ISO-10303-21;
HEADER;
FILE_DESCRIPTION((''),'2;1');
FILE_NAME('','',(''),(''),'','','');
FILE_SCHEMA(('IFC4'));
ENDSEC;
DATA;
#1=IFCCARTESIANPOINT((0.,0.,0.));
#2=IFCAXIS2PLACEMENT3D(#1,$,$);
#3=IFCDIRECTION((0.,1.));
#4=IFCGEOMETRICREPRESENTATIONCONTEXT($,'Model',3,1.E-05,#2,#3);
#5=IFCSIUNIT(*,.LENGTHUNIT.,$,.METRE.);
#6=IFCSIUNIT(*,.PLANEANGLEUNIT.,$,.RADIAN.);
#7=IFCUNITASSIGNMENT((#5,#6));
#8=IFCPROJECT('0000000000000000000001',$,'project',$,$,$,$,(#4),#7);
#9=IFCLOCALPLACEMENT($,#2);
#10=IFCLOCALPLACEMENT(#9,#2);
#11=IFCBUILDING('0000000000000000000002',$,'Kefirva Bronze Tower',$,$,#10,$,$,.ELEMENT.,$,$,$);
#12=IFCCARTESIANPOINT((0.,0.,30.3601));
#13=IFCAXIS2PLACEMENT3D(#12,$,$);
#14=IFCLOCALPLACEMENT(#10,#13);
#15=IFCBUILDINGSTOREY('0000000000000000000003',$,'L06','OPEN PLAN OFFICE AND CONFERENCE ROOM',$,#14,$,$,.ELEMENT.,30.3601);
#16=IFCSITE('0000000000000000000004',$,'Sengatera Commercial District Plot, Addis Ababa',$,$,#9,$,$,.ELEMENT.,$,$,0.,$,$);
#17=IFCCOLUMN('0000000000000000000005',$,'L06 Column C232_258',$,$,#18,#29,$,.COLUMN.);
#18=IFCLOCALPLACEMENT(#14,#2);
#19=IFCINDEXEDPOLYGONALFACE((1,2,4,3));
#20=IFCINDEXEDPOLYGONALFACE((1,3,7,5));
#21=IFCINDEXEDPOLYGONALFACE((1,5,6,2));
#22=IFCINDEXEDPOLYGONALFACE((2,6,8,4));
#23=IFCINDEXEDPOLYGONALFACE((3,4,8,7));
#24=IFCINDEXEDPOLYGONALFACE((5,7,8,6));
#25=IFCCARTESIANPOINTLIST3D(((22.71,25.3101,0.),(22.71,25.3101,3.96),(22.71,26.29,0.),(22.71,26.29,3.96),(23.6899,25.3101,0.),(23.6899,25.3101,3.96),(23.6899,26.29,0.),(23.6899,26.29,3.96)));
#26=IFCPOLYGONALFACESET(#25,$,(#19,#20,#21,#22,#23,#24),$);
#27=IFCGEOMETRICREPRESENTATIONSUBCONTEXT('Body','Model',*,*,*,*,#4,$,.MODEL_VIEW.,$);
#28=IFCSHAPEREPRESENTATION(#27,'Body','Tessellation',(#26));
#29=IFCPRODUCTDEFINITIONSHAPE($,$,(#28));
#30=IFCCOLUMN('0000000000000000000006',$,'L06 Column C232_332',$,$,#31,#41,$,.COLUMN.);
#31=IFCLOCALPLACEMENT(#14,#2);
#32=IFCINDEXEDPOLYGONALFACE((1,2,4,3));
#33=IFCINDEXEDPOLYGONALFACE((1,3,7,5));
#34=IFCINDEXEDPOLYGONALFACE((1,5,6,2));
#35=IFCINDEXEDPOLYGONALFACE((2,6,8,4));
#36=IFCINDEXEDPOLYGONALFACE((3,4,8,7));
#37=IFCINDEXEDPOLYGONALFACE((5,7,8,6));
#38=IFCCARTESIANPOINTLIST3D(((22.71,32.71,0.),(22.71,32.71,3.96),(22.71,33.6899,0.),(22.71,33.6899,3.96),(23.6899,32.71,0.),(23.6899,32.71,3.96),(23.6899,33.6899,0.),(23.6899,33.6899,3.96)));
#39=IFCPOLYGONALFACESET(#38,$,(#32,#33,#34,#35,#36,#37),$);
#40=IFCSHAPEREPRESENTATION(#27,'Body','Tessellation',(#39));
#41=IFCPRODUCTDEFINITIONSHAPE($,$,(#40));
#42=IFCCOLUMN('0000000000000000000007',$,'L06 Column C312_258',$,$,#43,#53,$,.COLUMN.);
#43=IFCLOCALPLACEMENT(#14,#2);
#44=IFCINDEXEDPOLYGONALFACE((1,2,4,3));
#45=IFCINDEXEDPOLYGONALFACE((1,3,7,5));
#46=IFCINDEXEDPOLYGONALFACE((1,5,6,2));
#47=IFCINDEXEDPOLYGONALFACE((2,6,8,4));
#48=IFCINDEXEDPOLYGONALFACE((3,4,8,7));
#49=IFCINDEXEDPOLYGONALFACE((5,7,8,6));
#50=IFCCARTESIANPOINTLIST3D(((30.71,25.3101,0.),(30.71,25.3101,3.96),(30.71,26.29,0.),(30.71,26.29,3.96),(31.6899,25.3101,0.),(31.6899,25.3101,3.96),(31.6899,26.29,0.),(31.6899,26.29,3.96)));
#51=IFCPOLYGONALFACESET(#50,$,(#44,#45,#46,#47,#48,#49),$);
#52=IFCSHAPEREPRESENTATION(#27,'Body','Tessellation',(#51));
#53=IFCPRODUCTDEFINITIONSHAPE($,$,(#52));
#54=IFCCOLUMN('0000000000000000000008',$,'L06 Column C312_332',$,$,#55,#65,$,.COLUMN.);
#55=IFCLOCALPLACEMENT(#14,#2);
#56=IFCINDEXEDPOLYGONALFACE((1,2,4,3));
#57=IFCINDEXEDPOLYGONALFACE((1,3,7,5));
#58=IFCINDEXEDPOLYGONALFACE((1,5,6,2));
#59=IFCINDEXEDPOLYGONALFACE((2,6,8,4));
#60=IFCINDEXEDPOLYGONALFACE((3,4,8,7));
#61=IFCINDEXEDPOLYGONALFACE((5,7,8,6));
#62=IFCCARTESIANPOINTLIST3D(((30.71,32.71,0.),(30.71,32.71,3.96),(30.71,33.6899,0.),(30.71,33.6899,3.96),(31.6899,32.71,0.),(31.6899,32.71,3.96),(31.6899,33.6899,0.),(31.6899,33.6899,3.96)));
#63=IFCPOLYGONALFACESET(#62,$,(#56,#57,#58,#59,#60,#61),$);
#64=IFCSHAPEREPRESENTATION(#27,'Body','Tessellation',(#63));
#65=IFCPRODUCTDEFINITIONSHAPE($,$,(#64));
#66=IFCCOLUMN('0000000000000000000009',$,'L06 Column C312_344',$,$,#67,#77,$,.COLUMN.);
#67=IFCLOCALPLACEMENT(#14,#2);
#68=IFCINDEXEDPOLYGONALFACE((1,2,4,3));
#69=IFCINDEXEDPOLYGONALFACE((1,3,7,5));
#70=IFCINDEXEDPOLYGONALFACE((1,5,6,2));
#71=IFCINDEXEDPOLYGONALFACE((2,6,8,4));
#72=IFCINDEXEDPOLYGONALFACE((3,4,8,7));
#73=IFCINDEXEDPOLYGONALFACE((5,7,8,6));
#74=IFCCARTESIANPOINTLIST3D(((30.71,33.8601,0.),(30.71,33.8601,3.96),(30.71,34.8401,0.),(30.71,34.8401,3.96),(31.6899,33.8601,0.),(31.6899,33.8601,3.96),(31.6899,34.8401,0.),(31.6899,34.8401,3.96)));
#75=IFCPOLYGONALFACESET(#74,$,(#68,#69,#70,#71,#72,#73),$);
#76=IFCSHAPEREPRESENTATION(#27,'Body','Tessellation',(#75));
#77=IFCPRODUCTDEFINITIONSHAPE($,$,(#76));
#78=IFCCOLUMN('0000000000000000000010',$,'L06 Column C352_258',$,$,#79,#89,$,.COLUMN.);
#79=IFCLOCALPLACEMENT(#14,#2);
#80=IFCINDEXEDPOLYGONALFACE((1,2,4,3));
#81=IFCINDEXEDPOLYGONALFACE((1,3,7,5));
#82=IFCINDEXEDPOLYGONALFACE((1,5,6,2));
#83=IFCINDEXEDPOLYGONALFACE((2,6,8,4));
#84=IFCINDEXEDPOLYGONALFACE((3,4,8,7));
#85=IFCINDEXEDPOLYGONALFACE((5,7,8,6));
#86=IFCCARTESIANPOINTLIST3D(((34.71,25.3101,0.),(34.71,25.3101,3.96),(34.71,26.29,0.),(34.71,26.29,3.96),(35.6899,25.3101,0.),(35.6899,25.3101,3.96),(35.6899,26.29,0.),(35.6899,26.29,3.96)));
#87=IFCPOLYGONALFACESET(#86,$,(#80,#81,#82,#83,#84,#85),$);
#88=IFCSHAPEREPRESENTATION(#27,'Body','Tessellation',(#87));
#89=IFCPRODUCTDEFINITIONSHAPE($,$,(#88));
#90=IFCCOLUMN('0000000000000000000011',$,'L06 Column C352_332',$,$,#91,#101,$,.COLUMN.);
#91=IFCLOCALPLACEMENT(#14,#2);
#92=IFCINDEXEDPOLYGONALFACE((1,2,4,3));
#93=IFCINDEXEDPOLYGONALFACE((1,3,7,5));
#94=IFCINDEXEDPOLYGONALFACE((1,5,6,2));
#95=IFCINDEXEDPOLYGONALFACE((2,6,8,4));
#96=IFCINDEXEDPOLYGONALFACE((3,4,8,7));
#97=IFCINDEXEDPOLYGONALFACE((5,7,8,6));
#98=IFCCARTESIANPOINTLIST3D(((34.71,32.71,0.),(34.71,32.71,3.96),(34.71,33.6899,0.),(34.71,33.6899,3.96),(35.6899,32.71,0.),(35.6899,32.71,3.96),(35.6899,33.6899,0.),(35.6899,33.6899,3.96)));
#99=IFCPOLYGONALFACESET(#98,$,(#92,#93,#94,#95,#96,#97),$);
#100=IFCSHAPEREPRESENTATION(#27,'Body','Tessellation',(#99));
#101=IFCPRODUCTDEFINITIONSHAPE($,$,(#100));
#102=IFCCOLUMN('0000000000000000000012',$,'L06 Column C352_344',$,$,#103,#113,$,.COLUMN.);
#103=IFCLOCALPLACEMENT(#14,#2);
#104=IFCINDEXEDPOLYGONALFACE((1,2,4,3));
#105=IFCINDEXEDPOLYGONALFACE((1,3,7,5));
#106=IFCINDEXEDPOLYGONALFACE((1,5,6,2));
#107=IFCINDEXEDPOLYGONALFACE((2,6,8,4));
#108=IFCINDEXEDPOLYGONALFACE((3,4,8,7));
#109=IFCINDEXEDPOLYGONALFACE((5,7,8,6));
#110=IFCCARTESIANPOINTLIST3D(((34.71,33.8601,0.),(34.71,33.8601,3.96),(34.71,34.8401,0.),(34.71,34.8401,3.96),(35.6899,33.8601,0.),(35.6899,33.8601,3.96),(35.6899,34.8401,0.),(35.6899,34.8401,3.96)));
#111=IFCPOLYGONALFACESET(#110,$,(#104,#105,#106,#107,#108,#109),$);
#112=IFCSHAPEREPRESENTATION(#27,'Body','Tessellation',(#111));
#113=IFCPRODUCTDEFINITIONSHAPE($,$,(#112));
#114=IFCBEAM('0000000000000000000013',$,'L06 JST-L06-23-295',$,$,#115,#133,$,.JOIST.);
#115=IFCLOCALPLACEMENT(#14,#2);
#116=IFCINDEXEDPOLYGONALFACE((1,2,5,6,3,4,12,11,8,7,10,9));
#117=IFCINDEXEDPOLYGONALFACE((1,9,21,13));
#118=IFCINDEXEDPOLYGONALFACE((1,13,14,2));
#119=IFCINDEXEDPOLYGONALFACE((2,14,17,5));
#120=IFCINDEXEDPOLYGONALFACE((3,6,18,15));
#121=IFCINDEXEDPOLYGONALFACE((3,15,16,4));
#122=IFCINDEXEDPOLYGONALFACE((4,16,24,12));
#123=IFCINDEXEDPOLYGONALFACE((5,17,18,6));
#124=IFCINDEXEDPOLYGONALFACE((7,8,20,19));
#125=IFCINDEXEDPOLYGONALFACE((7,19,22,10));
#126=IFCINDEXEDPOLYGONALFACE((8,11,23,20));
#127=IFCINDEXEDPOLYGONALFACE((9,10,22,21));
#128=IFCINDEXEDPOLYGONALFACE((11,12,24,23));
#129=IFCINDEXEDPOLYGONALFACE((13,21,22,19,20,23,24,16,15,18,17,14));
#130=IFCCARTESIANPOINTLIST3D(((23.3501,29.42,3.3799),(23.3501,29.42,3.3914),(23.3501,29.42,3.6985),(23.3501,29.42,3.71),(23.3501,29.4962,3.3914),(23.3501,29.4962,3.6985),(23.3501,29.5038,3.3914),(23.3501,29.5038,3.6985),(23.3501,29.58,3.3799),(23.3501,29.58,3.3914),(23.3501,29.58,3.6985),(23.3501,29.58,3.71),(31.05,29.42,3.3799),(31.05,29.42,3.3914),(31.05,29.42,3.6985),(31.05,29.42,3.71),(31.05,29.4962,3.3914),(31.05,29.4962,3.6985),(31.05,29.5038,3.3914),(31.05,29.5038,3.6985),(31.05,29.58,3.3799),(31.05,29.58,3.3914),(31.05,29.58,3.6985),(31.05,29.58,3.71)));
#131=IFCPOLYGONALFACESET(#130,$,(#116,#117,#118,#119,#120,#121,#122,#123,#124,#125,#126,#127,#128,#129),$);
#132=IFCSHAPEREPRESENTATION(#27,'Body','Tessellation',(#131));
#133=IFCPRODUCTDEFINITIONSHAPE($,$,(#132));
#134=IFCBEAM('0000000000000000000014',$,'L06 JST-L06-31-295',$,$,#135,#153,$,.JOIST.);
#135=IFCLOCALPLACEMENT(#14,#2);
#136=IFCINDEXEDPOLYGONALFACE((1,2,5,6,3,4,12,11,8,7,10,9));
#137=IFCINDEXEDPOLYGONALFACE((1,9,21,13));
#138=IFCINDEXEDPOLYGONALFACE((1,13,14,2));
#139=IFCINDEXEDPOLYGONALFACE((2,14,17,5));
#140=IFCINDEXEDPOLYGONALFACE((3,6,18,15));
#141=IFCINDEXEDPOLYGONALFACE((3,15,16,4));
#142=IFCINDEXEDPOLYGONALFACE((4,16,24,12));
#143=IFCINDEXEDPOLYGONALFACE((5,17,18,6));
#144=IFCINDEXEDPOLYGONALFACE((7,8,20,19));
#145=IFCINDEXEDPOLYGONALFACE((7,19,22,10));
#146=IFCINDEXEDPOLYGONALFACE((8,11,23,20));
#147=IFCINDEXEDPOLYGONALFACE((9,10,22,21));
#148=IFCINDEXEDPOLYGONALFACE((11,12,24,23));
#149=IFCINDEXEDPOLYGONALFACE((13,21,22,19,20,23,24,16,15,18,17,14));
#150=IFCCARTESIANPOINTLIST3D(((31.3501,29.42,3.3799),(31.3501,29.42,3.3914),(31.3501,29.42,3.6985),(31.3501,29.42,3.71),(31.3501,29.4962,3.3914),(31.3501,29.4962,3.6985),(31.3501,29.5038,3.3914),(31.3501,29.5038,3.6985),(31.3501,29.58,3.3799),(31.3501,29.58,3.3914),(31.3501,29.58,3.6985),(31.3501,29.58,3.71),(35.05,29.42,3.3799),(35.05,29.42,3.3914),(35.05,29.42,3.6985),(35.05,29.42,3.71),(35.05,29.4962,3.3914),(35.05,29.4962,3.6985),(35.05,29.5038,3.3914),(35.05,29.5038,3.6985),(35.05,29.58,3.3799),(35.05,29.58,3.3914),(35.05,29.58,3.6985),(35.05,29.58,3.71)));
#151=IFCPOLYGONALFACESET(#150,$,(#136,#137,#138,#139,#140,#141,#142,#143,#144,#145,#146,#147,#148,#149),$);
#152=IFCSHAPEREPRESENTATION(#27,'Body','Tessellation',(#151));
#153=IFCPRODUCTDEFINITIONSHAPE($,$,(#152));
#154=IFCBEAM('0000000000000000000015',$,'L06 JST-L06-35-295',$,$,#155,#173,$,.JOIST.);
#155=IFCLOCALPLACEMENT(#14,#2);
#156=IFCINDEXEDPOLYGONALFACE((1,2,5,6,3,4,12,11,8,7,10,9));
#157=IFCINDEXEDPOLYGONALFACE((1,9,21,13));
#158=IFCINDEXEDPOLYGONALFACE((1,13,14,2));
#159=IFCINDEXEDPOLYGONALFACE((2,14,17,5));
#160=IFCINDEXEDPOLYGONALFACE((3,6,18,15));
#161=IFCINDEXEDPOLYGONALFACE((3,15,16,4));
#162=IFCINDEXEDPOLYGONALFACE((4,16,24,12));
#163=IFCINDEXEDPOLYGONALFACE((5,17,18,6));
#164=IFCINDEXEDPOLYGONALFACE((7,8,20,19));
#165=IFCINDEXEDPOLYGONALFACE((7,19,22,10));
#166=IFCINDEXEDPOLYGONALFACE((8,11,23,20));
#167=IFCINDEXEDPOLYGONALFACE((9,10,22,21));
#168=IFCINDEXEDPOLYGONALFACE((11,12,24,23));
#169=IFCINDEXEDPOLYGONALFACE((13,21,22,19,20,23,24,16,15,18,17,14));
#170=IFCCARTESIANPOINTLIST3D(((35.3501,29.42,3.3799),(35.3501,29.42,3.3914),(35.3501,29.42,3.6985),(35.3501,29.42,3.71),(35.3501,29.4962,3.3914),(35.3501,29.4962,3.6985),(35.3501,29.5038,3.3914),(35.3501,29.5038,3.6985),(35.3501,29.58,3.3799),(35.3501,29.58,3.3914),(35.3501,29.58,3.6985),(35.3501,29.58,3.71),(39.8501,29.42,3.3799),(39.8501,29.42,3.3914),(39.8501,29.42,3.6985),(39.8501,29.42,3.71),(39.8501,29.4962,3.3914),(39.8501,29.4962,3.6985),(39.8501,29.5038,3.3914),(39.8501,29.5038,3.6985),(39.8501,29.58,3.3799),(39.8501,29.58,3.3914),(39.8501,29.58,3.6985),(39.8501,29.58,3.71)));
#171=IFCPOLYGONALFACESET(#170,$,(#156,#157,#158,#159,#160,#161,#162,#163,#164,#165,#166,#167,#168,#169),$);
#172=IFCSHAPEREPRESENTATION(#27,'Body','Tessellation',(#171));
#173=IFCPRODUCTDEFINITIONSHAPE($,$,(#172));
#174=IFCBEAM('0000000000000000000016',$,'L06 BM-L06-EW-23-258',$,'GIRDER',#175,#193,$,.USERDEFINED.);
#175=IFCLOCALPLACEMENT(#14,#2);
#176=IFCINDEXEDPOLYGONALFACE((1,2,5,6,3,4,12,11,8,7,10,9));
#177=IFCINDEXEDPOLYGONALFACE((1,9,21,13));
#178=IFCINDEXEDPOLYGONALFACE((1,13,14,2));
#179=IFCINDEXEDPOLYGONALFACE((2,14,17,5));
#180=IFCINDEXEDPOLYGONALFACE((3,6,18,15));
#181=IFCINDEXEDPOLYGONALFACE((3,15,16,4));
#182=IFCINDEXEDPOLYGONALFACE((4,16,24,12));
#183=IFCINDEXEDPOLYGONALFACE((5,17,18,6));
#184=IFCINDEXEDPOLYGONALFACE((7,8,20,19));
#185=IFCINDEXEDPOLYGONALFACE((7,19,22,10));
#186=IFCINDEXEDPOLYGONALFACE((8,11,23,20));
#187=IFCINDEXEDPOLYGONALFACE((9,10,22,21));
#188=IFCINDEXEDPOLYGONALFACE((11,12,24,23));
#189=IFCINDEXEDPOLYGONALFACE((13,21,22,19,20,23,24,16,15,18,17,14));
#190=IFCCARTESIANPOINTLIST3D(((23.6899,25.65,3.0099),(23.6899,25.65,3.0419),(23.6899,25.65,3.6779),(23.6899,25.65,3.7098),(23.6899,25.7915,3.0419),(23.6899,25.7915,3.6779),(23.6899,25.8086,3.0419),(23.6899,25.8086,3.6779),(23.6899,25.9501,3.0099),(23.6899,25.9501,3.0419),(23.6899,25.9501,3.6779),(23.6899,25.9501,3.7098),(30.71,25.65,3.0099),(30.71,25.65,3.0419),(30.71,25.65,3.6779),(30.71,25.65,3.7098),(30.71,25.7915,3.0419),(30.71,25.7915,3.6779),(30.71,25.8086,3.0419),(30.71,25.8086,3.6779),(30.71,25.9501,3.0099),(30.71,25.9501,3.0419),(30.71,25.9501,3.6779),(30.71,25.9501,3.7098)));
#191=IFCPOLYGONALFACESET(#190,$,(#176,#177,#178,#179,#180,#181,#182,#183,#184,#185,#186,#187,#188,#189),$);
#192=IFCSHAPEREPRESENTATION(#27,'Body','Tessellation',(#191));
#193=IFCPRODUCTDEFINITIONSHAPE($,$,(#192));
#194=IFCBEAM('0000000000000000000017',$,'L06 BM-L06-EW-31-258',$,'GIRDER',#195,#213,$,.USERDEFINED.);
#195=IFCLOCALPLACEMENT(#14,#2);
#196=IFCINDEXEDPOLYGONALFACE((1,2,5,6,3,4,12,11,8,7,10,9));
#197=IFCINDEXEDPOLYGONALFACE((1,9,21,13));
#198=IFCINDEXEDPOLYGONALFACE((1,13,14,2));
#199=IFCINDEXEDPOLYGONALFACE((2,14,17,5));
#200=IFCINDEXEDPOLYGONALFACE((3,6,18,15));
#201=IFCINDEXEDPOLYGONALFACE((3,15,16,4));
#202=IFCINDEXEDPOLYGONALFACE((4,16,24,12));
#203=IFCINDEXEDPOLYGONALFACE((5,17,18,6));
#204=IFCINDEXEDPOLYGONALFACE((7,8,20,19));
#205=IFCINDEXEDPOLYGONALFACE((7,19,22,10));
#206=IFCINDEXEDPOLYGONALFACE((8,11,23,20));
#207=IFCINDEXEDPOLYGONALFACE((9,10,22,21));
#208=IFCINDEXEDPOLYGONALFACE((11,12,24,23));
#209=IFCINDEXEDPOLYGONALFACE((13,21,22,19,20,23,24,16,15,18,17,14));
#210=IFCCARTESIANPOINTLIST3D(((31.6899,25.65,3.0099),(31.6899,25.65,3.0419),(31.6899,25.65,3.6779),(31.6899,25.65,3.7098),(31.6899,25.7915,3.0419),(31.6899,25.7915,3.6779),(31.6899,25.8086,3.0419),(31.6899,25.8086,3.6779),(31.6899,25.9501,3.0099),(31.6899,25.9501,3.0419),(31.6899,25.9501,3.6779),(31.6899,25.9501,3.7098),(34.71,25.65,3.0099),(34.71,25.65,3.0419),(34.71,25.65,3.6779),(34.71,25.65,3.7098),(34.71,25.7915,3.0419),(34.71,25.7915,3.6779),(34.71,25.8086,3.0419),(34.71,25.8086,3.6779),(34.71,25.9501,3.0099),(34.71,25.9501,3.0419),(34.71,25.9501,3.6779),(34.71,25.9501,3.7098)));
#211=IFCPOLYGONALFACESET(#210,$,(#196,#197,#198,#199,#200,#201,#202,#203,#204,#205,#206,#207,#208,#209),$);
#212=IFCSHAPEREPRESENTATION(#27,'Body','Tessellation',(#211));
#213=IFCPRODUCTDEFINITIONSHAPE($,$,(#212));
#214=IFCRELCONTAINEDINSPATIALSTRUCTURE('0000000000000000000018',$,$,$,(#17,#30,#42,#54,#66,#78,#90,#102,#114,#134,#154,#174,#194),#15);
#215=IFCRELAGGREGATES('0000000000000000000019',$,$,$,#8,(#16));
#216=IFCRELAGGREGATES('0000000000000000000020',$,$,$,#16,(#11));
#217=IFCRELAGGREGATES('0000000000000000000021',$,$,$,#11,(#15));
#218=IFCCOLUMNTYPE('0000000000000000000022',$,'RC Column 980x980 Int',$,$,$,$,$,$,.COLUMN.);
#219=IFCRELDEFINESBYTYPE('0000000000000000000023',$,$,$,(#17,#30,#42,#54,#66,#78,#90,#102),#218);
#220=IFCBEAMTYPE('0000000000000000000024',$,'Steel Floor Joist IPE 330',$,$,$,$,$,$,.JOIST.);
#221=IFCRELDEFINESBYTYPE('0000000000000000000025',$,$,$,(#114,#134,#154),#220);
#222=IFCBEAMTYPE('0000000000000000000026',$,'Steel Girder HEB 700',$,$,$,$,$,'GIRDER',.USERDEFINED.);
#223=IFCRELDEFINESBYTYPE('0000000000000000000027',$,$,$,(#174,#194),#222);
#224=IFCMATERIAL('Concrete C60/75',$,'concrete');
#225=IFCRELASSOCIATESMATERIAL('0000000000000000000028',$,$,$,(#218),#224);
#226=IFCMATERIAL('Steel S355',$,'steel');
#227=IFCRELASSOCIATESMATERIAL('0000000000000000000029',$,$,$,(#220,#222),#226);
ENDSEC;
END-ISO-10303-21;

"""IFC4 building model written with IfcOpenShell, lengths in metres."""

from ifc_helpers import new_model, si_unit, direction, frame, origin, origin_2d, place, context, subcontext, project, spatial, rectangle, i_section, extrude, material, material_profile, profile_set, type_object, element, save


model = new_model("IFC4")

# Units and contexts
model_context = context("Model", 3, precision=1e-05, world=origin(), true_north=direction((0.0, 1.0)))
body_context = subcontext(model_context, "Body", "Model", "MODEL_VIEW")
ifc_project = project(units=[si_unit("LENGTHUNIT", "METRE"), si_unit("PLANEANGLEUNIT", "RADIAN")], contexts=[model_context])

# Site, building, storey
site_placement = place(None, origin())
site = spatial("IfcSite", under=ifc_project, at=site_placement, Name="Sengatera Commercial District Plot, Addis Ababa", CompositionType="ELEMENT", RefElevation=0.0)
building_placement = place(site_placement, origin())
building = spatial("IfcBuilding", under=site, at=building_placement, Name="Kefirva Bronze Tower", CompositionType="ELEMENT")
storey_placement = place(building_placement, frame((0.0, 0.0, 30.3601)))
storey = spatial("IfcBuildingStorey", under=building, at=storey_placement, Name="L06", Description="OPEN PLAN OFFICE AND CONFERENCE ROOM", CompositionType="ELEMENT", Elevation=30.3601)

# Columns
ifc_material_1 = material(Name="Concrete C60/75", Category="concrete")
ifc_material_profile_1 = material_profile(ifc_material_1, rectangle(XDim=0.98, YDim=0.98, at=origin_2d()), Name="RC 980x980")
ifc_profile_set_1 = profile_set([ifc_material_profile_1], Name="Concrete C60/75")
column_type = type_object("IfcColumnType", Name="RC Column 980x980 Int", PredefinedType="COLUMN", material=ifc_profile_set_1)
for number, where, z_axis, x_axis, name in (
    (1, (23.2, 25.8, 0.0), (0.0, 0.0, 1.0), (1.0, 0.0, 0.0), "L06 Column C232_258"),
    (2, (23.2, 33.2, 0.0), (0.0, 0.0, 1.0), (1.0, 0.0, 0.0), "L06 Column C232_332"),
    (3, (31.2, 25.8, 0.0), (0.0, 0.0, 1.0), (1.0, 0.0, 0.0), "L06 Column C312_258"),
    (4, (31.2, 33.2, 0.0), (0.0, 0.0, 1.0), (1.0, 0.0, 0.0), "L06 Column C312_332"),
    (5, (31.2, 34.3501, 0.0), (0.0, 0.0, 1.0), (1.0, 0.0, 0.0), "L06 Column C312_344"),
    (6, (35.2, 25.8, 0.0), (0.0, 0.0, 1.0), (1.0, 0.0, 0.0), "L06 Column C352_258"),
    (7, (35.2, 33.2, 0.0), (0.0, 0.0, 1.0), (1.0, 0.0, 0.0), "L06 Column C352_332"),
    (8, (35.2, 34.3501, 0.0), (0.0, 0.0, 1.0), (1.0, 0.0, 0.0), "L06 Column C352_344"),
):
    element("IfcColumn", number, at=place(storey_placement, frame(where, z_axis=z_axis, x_axis=x_axis)), inside=storey, type_object=column_type, Name=name, PredefinedType="COLUMN", context=body_context, shape_type="SweptSolid", body=[
        extrude(rectangle(XDim=0.98, YDim=0.98, at=origin_2d()), origin(), (0.0, 0.0, 1.0), 3.96),
    ])

# Beams
ifc_material_2 = material(Name="Steel S355", Category="steel")
ifc_material_profile_2 = material_profile(ifc_material_2, i_section(OverallWidth=0.1599, OverallDepth=0.3301, WebThickness=0.0076, FlangeThickness=0.0115, at=origin_2d()), Name="IPE 330")
ifc_profile_set_2 = profile_set([ifc_material_profile_2], Name="Steel S355")
beam_type_1 = type_object("IfcBeamType", Name="Steel Floor Joist IPE 330", PredefinedType="JOIST", material=ifc_profile_set_2)
beam_1_placement = place(storey_placement, frame((23.3501, 29.5, 3.5449), z_axis=(1.0, 0.0, 0.0), x_axis=(0.0, 1.0, 0.0)))
element("IfcBeam", 9, at=beam_1_placement, inside=storey, type_object=beam_type_1, Name="L06 JST-L06-23-295", PredefinedType="JOIST", context=body_context, shape_type="SweptSolid", body=[
    extrude(i_section(OverallWidth=0.1599, OverallDepth=0.3301, WebThickness=0.0076, FlangeThickness=0.0115, at=origin_2d()), origin(), (0.0, 0.0, 1.0), 7.7),
])
beam_2_placement = place(storey_placement, frame((31.3501, 29.5, 3.5449), z_axis=(1.0, 0.0, 0.0), x_axis=(0.0, 1.0, 0.0)))
element("IfcBeam", 10, at=beam_2_placement, inside=storey, type_object=beam_type_1, Name="L06 JST-L06-31-295", PredefinedType="JOIST", context=body_context, shape_type="SweptSolid", body=[
    extrude(i_section(OverallWidth=0.1599, OverallDepth=0.3301, WebThickness=0.0076, FlangeThickness=0.0115, at=origin_2d()), origin(), (0.0, 0.0, 1.0), 3.7),
])
beam_3_placement = place(storey_placement, frame((35.3501, 29.5, 3.5449), z_axis=(1.0, 0.0, 0.0), x_axis=(0.0, 1.0, 0.0)))
element("IfcBeam", 11, at=beam_3_placement, inside=storey, type_object=beam_type_1, Name="L06 JST-L06-35-295", PredefinedType="JOIST", context=body_context, shape_type="SweptSolid", body=[
    extrude(i_section(OverallWidth=0.1599, OverallDepth=0.3301, WebThickness=0.0076, FlangeThickness=0.0115, at=origin_2d()), origin(), (0.0, 0.0, 1.0), 4.5),
])
ifc_material_profile_3 = material_profile(ifc_material_2, i_section(OverallWidth=0.3, OverallDepth=0.7, WebThickness=0.0171, FlangeThickness=0.032, at=origin_2d()), Name="HEB 700")
ifc_profile_set_3 = profile_set([ifc_material_profile_3], Name="Steel S355")
beam_type_2 = type_object("IfcBeamType", Name="Steel Girder HEB 700", ElementType="GIRDER", PredefinedType="USERDEFINED", material=ifc_profile_set_3)
beam_4_placement = place(storey_placement, frame((23.6899, 25.8, 3.3599), z_axis=(1.0, 0.0, 0.0), x_axis=(0.0, 1.0, 0.0)))
element("IfcBeam", 12, at=beam_4_placement, inside=storey, type_object=beam_type_2, Name="L06 BM-L06-EW-23-258", ObjectType="GIRDER", PredefinedType="USERDEFINED", context=body_context, shape_type="SweptSolid", body=[
    extrude(i_section(OverallWidth=0.3, OverallDepth=0.7, WebThickness=0.0171, FlangeThickness=0.032, at=origin_2d()), origin(), (0.0, 0.0, 1.0), 7.02),
])
beam_5_placement = place(storey_placement, frame((31.6899, 25.8, 3.3599), z_axis=(1.0, 0.0, 0.0), x_axis=(0.0, 1.0, 0.0)))
element("IfcBeam", 13, at=beam_5_placement, inside=storey, type_object=beam_type_2, Name="L06 BM-L06-EW-31-258", ObjectType="GIRDER", PredefinedType="USERDEFINED", context=body_context, shape_type="SweptSolid", body=[
    extrude(i_section(OverallWidth=0.3, OverallDepth=0.7, WebThickness=0.0171, FlangeThickness=0.032, at=origin_2d()), origin(), (0.0, 0.0, 1.0), 3.02),
])

save(model, "model.ifc")
